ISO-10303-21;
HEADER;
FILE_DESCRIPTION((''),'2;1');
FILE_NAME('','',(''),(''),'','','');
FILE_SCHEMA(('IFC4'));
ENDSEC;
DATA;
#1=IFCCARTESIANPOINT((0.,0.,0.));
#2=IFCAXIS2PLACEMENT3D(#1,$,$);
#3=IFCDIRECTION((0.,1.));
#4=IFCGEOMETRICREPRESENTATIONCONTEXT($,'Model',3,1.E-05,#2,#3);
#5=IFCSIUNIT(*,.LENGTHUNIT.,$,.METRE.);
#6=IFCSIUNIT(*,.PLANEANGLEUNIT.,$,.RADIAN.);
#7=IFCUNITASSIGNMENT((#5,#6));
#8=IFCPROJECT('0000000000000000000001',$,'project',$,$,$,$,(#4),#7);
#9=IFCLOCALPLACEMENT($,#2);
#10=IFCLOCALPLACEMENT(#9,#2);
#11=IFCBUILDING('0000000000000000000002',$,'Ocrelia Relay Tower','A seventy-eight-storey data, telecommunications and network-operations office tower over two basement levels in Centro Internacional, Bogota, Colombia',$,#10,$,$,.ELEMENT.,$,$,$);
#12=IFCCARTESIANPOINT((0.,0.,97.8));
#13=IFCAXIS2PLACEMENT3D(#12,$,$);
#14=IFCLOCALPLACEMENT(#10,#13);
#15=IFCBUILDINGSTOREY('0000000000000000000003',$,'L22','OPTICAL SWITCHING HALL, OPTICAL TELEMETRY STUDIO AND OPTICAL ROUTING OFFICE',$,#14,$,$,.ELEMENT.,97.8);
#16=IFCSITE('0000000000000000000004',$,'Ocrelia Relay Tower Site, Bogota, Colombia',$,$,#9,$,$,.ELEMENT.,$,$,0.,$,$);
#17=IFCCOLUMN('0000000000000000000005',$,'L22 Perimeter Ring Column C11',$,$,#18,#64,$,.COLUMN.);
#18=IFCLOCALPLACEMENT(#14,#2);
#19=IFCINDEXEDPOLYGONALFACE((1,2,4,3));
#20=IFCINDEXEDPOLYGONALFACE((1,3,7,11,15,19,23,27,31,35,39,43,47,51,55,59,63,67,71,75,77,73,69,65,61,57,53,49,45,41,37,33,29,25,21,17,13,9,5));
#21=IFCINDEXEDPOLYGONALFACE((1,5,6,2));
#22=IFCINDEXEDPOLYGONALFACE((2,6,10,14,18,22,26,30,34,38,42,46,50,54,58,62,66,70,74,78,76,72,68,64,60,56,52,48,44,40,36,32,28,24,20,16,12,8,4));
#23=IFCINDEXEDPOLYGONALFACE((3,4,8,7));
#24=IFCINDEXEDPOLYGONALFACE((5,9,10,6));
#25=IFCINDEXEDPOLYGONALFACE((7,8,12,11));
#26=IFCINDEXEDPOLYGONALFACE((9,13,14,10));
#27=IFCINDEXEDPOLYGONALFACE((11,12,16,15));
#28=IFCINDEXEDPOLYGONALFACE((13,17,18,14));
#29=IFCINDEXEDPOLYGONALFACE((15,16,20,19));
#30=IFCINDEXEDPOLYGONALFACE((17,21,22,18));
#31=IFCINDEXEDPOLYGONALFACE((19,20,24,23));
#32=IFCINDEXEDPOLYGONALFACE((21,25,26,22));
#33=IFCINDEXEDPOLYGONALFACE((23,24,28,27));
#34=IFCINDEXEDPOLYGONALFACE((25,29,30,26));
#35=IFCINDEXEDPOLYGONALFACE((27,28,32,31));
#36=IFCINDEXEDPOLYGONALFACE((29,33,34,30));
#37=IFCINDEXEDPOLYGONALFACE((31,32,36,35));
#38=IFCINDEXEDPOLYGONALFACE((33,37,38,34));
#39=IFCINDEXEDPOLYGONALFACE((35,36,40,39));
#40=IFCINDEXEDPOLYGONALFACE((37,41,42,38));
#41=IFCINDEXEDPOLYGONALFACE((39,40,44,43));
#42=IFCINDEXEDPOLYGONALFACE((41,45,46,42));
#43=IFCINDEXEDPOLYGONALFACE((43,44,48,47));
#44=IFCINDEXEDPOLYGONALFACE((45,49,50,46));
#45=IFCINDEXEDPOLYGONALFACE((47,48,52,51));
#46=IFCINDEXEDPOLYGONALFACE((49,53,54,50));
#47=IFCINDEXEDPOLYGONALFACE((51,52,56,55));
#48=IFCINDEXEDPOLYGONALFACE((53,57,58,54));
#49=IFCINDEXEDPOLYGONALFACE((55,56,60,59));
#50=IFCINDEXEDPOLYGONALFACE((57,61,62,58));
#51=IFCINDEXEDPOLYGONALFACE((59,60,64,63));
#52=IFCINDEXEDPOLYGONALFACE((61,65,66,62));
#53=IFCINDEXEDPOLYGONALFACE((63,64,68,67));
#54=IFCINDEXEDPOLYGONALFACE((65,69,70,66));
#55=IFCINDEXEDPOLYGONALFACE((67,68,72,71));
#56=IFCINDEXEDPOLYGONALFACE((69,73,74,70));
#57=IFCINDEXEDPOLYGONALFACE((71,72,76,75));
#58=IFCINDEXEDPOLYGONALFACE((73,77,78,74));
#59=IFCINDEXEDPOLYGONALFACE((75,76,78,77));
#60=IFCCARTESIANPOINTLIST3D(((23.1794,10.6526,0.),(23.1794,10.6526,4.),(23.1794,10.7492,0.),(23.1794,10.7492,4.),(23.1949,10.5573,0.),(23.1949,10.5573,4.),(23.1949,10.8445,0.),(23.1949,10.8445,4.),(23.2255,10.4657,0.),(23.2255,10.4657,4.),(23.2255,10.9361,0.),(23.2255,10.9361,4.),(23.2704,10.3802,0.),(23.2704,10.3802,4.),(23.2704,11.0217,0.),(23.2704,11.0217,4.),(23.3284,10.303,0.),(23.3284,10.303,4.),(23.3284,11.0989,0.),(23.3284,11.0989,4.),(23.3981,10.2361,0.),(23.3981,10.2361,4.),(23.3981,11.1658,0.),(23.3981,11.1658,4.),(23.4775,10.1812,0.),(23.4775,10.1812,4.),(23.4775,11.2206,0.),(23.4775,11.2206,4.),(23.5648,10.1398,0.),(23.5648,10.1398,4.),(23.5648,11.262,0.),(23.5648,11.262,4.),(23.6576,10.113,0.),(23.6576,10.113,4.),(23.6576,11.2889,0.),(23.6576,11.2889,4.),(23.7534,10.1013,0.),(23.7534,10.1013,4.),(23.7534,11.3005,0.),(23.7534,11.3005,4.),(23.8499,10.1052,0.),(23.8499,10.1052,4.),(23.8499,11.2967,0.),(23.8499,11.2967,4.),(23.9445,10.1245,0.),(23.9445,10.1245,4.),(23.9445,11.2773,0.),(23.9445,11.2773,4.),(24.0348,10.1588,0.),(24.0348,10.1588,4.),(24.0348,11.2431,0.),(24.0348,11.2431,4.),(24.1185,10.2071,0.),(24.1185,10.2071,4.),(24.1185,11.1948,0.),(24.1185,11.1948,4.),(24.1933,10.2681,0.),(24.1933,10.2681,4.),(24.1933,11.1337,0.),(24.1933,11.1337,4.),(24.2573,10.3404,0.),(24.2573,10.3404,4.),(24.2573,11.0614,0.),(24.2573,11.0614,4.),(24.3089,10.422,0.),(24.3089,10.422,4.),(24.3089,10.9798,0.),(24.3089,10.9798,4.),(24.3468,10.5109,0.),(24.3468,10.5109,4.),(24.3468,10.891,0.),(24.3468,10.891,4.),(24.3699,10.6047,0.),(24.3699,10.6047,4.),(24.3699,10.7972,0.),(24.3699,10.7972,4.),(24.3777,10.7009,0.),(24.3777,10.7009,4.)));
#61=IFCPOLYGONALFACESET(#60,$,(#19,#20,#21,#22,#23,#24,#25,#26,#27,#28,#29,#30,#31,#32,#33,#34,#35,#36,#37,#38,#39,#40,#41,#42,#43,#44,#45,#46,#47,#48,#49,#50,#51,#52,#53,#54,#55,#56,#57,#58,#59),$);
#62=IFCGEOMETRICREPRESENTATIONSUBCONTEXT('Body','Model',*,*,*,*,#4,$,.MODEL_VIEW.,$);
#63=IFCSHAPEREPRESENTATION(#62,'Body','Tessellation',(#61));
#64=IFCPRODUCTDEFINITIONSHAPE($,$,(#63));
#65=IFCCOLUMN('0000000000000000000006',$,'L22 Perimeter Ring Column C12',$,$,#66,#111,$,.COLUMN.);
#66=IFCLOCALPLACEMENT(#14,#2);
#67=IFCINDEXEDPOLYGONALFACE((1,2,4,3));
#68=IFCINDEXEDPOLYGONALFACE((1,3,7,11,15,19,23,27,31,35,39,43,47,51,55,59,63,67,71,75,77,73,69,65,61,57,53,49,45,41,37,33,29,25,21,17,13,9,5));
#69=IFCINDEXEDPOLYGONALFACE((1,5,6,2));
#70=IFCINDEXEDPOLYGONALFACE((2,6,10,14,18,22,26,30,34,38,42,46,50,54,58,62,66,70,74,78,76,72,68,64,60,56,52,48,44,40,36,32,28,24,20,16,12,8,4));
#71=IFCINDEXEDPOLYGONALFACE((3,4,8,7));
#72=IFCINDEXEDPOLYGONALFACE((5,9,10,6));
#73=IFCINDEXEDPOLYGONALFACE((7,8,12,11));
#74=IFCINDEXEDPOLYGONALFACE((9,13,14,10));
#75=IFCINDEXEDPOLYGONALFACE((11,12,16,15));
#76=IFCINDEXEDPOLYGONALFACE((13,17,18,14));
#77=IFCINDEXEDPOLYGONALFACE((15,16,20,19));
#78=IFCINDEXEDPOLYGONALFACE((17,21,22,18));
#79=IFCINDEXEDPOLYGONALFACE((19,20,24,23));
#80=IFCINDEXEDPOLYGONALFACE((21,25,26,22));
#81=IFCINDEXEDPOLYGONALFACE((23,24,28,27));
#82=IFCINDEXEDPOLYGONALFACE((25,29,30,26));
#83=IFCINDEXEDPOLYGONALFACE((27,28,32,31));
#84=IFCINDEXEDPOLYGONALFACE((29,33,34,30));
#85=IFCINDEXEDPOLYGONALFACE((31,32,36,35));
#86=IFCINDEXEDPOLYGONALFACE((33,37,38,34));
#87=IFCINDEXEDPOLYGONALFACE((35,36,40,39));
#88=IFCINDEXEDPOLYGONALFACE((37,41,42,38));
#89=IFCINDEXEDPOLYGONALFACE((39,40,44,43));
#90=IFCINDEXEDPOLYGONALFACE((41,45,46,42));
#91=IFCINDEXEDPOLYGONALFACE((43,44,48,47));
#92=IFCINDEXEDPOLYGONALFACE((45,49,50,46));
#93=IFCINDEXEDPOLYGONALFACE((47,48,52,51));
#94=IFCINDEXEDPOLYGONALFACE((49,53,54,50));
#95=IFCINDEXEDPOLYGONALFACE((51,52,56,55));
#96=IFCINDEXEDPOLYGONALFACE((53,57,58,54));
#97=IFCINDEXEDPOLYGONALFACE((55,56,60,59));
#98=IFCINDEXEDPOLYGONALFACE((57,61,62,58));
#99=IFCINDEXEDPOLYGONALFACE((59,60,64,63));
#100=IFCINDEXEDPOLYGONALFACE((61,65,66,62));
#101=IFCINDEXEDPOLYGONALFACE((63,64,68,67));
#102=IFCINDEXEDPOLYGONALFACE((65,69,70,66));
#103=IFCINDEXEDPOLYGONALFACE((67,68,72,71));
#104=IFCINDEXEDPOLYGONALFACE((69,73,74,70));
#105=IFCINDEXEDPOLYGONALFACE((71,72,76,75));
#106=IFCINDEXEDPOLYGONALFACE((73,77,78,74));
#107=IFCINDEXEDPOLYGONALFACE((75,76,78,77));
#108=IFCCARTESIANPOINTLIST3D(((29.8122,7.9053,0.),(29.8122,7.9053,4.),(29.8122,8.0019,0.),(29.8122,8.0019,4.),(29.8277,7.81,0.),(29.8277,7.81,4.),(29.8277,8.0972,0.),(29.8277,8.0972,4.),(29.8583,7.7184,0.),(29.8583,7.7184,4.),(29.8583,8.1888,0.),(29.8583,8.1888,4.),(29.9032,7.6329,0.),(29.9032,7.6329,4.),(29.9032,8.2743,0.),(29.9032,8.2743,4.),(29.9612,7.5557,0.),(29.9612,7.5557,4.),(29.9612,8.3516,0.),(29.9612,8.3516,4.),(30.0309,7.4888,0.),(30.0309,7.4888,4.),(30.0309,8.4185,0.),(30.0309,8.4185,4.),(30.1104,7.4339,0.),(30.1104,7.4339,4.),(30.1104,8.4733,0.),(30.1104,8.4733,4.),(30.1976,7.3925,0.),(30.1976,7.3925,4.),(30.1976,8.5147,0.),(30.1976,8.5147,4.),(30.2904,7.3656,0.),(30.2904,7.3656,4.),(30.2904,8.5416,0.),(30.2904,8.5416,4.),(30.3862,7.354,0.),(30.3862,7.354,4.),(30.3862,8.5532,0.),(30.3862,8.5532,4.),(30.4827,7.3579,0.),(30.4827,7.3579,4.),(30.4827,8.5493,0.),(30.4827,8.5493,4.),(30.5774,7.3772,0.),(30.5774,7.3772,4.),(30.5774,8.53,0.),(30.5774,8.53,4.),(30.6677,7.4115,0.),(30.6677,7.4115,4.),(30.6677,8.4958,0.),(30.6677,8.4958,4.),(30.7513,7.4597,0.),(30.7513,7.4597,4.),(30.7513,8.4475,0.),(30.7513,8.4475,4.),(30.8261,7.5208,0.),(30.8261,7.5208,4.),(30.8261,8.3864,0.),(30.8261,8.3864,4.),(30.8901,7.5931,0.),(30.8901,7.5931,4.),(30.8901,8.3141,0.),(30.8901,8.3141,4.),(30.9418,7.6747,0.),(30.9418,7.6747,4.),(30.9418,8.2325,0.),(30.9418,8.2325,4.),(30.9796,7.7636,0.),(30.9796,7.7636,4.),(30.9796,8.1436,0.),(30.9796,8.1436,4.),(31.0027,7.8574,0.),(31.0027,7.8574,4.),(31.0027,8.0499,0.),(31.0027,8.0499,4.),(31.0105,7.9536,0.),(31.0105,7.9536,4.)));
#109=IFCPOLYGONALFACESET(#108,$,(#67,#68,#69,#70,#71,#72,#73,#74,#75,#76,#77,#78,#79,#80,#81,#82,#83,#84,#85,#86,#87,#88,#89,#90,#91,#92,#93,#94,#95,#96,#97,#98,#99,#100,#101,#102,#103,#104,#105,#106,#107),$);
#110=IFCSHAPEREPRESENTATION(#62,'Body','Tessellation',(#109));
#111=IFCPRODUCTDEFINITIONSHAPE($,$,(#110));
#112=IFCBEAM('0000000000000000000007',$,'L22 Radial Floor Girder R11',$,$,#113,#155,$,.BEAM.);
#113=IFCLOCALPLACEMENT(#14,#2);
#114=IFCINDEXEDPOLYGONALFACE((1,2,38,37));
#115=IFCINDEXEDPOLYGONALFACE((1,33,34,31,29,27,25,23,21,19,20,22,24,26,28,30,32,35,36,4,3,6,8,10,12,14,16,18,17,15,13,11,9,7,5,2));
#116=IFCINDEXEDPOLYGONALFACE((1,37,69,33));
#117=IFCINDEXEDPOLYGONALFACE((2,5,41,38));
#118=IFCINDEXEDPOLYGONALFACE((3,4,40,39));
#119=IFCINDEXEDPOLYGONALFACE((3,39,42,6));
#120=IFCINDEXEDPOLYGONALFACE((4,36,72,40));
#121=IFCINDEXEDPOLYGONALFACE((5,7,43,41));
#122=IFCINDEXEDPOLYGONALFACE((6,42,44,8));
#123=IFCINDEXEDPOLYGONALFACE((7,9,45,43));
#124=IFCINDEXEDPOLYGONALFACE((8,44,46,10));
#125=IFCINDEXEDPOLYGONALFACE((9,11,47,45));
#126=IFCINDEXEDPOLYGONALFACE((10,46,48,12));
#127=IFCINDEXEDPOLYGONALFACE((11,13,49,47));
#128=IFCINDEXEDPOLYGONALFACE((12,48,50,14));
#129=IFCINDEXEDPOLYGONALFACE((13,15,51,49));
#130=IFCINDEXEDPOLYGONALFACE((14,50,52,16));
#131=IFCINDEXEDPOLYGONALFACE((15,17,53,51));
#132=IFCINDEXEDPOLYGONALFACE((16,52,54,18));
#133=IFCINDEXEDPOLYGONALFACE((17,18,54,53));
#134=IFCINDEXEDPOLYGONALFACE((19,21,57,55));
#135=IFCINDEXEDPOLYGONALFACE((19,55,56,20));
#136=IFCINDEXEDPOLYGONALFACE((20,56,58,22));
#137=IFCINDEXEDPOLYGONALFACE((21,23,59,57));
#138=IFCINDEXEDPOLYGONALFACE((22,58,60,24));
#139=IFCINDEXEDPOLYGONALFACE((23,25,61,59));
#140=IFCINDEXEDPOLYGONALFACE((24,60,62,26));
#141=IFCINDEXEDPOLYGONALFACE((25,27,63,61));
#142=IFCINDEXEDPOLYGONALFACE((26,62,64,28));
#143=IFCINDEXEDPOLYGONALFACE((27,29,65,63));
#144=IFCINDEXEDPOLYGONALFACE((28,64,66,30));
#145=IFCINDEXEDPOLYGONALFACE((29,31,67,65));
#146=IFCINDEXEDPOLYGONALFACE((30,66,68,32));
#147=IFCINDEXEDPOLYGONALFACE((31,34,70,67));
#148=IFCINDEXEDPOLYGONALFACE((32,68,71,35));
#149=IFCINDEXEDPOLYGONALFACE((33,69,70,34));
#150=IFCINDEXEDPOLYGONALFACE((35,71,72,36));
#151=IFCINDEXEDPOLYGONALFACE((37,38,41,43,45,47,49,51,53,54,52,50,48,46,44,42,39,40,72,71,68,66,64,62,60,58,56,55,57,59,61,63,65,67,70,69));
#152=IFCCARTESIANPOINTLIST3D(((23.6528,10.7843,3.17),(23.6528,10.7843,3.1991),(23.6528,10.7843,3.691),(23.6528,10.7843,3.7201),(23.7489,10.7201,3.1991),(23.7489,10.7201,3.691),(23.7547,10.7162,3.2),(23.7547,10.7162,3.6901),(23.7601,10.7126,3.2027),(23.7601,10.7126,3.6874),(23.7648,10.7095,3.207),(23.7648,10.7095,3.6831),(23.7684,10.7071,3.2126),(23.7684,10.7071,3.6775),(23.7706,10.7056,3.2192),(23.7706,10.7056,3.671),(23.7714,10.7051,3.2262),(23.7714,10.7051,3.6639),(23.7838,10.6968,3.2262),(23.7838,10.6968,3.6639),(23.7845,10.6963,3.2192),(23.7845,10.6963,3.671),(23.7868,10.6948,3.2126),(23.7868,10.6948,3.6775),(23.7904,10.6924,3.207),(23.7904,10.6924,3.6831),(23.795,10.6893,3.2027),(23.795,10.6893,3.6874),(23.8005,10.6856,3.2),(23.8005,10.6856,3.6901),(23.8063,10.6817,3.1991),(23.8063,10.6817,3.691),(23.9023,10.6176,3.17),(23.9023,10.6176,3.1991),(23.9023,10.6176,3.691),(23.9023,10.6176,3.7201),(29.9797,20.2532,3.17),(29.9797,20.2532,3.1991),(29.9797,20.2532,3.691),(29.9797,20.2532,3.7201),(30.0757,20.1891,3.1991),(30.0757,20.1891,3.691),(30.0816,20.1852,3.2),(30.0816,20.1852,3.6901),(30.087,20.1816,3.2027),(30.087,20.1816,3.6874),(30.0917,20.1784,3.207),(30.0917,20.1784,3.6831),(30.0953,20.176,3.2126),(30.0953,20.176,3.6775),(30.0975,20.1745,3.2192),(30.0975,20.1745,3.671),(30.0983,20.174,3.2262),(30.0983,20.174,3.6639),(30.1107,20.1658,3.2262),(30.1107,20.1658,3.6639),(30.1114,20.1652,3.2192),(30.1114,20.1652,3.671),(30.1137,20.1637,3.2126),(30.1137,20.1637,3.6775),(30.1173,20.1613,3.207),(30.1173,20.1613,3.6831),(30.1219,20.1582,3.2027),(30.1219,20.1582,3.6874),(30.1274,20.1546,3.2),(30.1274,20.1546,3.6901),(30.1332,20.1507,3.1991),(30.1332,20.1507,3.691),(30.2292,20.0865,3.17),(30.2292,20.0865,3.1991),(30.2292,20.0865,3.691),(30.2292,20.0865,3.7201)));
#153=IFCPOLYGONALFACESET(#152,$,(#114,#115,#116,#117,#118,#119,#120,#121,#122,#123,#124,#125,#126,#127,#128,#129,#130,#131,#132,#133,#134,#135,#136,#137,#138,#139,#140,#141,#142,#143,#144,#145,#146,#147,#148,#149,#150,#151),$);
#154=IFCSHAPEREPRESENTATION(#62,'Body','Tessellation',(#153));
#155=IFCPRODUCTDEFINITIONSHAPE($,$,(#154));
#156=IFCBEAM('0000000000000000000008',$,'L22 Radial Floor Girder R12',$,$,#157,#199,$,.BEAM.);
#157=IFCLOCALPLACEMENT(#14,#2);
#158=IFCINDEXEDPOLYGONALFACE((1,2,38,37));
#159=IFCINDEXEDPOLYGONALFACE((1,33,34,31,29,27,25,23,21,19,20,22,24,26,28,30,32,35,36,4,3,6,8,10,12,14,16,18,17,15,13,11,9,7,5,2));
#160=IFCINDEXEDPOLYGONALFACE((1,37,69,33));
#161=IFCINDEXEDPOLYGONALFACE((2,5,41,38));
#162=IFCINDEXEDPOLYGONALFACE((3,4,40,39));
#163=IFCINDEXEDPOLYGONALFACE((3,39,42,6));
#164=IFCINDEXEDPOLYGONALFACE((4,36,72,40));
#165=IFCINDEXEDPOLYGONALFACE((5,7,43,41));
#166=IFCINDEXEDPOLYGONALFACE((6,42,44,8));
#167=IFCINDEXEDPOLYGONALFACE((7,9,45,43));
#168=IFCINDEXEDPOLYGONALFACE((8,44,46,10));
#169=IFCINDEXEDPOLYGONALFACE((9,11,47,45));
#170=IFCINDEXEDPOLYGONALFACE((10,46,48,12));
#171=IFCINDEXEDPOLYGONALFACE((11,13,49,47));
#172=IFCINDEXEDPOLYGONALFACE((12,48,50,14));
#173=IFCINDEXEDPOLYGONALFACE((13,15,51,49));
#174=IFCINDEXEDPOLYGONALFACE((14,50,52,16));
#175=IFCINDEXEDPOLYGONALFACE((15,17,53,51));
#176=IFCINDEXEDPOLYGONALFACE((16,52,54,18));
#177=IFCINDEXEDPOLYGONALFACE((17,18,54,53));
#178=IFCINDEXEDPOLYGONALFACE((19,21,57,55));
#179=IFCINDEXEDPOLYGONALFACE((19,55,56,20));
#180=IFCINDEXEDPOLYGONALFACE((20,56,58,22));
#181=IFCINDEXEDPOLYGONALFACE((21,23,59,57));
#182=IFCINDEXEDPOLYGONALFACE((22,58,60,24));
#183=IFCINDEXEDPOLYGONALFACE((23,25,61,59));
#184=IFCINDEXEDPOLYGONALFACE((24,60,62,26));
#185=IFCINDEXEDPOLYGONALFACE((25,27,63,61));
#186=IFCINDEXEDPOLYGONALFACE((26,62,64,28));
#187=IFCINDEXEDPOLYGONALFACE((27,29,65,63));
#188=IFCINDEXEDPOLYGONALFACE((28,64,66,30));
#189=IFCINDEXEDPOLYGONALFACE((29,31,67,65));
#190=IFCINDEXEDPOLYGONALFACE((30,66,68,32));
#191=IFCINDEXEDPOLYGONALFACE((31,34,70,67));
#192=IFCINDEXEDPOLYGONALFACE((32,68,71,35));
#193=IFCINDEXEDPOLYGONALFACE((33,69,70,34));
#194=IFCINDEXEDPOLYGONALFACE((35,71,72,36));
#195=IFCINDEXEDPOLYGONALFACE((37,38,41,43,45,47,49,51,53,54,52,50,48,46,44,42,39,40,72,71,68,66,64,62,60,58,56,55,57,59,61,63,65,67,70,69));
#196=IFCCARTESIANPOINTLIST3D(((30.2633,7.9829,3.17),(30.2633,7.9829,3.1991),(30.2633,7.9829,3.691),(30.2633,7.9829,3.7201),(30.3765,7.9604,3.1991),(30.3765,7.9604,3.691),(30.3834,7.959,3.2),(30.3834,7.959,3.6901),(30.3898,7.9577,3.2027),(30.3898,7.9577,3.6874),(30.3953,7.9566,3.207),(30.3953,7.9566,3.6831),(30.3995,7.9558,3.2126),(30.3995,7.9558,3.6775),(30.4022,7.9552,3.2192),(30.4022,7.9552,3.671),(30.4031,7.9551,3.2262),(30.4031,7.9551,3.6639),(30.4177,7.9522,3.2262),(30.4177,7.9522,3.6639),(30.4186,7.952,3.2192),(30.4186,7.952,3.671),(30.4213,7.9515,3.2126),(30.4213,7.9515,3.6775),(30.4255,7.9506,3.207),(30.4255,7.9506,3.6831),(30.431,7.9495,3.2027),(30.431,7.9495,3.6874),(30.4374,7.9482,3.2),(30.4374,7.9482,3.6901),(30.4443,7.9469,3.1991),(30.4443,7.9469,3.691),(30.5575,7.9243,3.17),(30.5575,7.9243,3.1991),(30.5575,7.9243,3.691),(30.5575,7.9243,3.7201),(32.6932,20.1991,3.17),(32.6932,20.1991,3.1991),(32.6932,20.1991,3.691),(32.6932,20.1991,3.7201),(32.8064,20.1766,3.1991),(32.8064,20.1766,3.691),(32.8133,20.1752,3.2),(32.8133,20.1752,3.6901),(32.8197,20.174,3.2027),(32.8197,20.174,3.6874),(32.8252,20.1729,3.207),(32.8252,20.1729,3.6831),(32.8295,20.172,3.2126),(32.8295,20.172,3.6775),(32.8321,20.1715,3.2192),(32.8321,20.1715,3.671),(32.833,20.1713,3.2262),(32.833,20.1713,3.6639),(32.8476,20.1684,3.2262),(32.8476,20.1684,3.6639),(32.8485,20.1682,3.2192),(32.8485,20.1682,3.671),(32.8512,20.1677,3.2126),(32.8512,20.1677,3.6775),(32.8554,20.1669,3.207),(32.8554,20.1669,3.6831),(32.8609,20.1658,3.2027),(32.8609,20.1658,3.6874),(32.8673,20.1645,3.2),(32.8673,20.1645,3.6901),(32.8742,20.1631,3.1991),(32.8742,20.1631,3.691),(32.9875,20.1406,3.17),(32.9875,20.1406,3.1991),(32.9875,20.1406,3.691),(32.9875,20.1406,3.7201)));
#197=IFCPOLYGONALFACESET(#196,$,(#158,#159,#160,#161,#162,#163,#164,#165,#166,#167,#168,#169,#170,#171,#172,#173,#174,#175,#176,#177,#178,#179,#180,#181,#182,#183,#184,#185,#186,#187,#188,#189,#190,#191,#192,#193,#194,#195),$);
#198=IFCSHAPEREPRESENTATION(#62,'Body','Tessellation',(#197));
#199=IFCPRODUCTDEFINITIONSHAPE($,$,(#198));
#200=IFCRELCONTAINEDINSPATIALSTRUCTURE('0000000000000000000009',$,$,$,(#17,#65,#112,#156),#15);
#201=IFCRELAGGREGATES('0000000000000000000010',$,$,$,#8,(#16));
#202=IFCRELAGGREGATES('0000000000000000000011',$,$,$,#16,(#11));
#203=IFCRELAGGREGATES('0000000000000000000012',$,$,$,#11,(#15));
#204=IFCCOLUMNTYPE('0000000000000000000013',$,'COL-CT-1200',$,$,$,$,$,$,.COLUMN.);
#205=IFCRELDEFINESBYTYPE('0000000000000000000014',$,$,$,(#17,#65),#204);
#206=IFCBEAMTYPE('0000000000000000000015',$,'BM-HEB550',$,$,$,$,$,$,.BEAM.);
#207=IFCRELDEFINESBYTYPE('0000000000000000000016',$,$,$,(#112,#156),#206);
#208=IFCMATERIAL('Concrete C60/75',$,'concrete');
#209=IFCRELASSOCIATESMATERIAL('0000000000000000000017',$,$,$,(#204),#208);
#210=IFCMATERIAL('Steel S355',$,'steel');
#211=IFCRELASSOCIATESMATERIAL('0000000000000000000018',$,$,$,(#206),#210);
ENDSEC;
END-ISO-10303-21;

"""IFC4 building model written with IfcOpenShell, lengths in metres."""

from ifc_helpers import new_model, si_unit, direction, frame, origin, origin_2d, place, context, subcontext, project, spatial, circle, i_section, extrude, material, material_profile, profile_set, type_object, element, save


model = new_model("IFC4")

# Units and contexts
model_context = context("Model", 3, precision=1e-05, world=origin(), true_north=direction((0.0, 1.0)))
body_context = subcontext(model_context, "Body", "Model", "MODEL_VIEW")
ifc_project = project(units=[si_unit("LENGTHUNIT", "METRE"), si_unit("PLANEANGLEUNIT", "RADIAN")], contexts=[model_context])

# Site, building, storey
site_placement = place(None, origin())
site = spatial("IfcSite", under=ifc_project, at=site_placement, Name="Ocrelia Relay Tower Site, Bogota, Colombia", CompositionType="ELEMENT", RefElevation=0.0)
building_placement = place(site_placement, origin())
building = spatial("IfcBuilding", under=site, at=building_placement, Name="Ocrelia Relay Tower", Description="A seventy-eight-storey data, telecommunications and network-operations office tower over two basement levels in Centro Internacional, Bogota, Colombia", CompositionType="ELEMENT")
storey_placement = place(building_placement, frame((0.0, 0.0, 97.8)))
storey = spatial("IfcBuildingStorey", under=building, at=storey_placement, Name="L22", Description="OPTICAL SWITCHING HALL, OPTICAL TELEMETRY STUDIO AND OPTICAL ROUTING OFFICE", CompositionType="ELEMENT", Elevation=97.8)

# Columns
ifc_material_1 = material(Name="Concrete C60/75", Category="concrete")
ifc_material_profile_1 = material_profile(ifc_material_1, circle(Radius=0.6001, at=origin_2d()), Name="RC-CIR-1200")
ifc_profile_set_1 = profile_set([ifc_material_profile_1], Name="Concrete C60/75")
column_type = type_object("IfcColumnType", Name="COL-CT-1200", PredefinedType="COLUMN", material=ifc_profile_set_1)
for number, where, z_axis, x_axis, name in (
    (1, (23.7776, 10.7009, 0.0), (0.0, 0.0, 1.0), (1.0, 0.0, 0.0), "L22 Perimeter Ring Column C11"),
    (2, (30.4104, 7.9536, 0.0), (0.0, 0.0, 1.0), (1.0, 0.0, 0.0), "L22 Perimeter Ring Column C12"),
):
    element("IfcColumn", number, at=place(storey_placement, frame(where, z_axis=z_axis, x_axis=x_axis)), inside=storey, type_object=column_type, Name=name, PredefinedType="COLUMN", context=body_context, shape_type="SweptSolid", body=[
        extrude(circle(Radius=0.6001, at=origin_2d()), origin(), (0.0, 0.0, 1.0), 4.0),
    ])

# Beams
ifc_material_2 = material(Name="Steel S355", Category="steel")
ifc_material_profile_2 = material_profile(ifc_material_2, i_section(OverallWidth=0.3, OverallDepth=0.55, WebThickness=0.0149, FlangeThickness=0.0291, FilletRadius=0.0271, at=origin_2d()), Name="HEB 550")
ifc_profile_set_2 = profile_set([ifc_material_profile_2], Name="Steel S355")
beam_type_1 = type_object("IfcBeamType", Name="BM-HEB550", PredefinedType="BEAM", material=ifc_profile_set_2)
beam_1_placement = place(storey_placement, frame((23.7776, 10.7009, 3.4451), z_axis=(0.555566, 0.831473, 0.0), x_axis=(-0.831473, 0.555566, 0.0)))
element("IfcBeam", 3, at=beam_1_placement, inside=storey, type_object=beam_type_1, Name="L22 Radial Floor Girder R11", PredefinedType="BEAM", context=body_context, shape_type="SweptSolid", body=[
    extrude(i_section(OverallWidth=0.3, OverallDepth=0.55, WebThickness=0.0149, FlangeThickness=0.0291, FilletRadius=0.0271, at=origin_2d()), origin(), (0.0, 0.0, 1.0), 11.3882),
])
beam_2_placement = place(storey_placement, frame((30.4104, 7.9536, 3.4451), z_axis=(0.195087, 0.980786, 0.0), x_axis=(-0.980786, 0.195087, 0.0)))
element("IfcBeam", 4, at=beam_2_placement, inside=storey, type_object=beam_type_1, Name="L22 Radial Floor Girder R12", PredefinedType="BEAM", context=body_context, shape_type="SweptSolid", body=[
    extrude(i_section(OverallWidth=0.3, OverallDepth=0.55, WebThickness=0.0149, FlangeThickness=0.0291, FilletRadius=0.0271, at=origin_2d()), origin(), (0.0, 0.0, 1.0), 12.4556),
])

save(model, "model.ifc")
